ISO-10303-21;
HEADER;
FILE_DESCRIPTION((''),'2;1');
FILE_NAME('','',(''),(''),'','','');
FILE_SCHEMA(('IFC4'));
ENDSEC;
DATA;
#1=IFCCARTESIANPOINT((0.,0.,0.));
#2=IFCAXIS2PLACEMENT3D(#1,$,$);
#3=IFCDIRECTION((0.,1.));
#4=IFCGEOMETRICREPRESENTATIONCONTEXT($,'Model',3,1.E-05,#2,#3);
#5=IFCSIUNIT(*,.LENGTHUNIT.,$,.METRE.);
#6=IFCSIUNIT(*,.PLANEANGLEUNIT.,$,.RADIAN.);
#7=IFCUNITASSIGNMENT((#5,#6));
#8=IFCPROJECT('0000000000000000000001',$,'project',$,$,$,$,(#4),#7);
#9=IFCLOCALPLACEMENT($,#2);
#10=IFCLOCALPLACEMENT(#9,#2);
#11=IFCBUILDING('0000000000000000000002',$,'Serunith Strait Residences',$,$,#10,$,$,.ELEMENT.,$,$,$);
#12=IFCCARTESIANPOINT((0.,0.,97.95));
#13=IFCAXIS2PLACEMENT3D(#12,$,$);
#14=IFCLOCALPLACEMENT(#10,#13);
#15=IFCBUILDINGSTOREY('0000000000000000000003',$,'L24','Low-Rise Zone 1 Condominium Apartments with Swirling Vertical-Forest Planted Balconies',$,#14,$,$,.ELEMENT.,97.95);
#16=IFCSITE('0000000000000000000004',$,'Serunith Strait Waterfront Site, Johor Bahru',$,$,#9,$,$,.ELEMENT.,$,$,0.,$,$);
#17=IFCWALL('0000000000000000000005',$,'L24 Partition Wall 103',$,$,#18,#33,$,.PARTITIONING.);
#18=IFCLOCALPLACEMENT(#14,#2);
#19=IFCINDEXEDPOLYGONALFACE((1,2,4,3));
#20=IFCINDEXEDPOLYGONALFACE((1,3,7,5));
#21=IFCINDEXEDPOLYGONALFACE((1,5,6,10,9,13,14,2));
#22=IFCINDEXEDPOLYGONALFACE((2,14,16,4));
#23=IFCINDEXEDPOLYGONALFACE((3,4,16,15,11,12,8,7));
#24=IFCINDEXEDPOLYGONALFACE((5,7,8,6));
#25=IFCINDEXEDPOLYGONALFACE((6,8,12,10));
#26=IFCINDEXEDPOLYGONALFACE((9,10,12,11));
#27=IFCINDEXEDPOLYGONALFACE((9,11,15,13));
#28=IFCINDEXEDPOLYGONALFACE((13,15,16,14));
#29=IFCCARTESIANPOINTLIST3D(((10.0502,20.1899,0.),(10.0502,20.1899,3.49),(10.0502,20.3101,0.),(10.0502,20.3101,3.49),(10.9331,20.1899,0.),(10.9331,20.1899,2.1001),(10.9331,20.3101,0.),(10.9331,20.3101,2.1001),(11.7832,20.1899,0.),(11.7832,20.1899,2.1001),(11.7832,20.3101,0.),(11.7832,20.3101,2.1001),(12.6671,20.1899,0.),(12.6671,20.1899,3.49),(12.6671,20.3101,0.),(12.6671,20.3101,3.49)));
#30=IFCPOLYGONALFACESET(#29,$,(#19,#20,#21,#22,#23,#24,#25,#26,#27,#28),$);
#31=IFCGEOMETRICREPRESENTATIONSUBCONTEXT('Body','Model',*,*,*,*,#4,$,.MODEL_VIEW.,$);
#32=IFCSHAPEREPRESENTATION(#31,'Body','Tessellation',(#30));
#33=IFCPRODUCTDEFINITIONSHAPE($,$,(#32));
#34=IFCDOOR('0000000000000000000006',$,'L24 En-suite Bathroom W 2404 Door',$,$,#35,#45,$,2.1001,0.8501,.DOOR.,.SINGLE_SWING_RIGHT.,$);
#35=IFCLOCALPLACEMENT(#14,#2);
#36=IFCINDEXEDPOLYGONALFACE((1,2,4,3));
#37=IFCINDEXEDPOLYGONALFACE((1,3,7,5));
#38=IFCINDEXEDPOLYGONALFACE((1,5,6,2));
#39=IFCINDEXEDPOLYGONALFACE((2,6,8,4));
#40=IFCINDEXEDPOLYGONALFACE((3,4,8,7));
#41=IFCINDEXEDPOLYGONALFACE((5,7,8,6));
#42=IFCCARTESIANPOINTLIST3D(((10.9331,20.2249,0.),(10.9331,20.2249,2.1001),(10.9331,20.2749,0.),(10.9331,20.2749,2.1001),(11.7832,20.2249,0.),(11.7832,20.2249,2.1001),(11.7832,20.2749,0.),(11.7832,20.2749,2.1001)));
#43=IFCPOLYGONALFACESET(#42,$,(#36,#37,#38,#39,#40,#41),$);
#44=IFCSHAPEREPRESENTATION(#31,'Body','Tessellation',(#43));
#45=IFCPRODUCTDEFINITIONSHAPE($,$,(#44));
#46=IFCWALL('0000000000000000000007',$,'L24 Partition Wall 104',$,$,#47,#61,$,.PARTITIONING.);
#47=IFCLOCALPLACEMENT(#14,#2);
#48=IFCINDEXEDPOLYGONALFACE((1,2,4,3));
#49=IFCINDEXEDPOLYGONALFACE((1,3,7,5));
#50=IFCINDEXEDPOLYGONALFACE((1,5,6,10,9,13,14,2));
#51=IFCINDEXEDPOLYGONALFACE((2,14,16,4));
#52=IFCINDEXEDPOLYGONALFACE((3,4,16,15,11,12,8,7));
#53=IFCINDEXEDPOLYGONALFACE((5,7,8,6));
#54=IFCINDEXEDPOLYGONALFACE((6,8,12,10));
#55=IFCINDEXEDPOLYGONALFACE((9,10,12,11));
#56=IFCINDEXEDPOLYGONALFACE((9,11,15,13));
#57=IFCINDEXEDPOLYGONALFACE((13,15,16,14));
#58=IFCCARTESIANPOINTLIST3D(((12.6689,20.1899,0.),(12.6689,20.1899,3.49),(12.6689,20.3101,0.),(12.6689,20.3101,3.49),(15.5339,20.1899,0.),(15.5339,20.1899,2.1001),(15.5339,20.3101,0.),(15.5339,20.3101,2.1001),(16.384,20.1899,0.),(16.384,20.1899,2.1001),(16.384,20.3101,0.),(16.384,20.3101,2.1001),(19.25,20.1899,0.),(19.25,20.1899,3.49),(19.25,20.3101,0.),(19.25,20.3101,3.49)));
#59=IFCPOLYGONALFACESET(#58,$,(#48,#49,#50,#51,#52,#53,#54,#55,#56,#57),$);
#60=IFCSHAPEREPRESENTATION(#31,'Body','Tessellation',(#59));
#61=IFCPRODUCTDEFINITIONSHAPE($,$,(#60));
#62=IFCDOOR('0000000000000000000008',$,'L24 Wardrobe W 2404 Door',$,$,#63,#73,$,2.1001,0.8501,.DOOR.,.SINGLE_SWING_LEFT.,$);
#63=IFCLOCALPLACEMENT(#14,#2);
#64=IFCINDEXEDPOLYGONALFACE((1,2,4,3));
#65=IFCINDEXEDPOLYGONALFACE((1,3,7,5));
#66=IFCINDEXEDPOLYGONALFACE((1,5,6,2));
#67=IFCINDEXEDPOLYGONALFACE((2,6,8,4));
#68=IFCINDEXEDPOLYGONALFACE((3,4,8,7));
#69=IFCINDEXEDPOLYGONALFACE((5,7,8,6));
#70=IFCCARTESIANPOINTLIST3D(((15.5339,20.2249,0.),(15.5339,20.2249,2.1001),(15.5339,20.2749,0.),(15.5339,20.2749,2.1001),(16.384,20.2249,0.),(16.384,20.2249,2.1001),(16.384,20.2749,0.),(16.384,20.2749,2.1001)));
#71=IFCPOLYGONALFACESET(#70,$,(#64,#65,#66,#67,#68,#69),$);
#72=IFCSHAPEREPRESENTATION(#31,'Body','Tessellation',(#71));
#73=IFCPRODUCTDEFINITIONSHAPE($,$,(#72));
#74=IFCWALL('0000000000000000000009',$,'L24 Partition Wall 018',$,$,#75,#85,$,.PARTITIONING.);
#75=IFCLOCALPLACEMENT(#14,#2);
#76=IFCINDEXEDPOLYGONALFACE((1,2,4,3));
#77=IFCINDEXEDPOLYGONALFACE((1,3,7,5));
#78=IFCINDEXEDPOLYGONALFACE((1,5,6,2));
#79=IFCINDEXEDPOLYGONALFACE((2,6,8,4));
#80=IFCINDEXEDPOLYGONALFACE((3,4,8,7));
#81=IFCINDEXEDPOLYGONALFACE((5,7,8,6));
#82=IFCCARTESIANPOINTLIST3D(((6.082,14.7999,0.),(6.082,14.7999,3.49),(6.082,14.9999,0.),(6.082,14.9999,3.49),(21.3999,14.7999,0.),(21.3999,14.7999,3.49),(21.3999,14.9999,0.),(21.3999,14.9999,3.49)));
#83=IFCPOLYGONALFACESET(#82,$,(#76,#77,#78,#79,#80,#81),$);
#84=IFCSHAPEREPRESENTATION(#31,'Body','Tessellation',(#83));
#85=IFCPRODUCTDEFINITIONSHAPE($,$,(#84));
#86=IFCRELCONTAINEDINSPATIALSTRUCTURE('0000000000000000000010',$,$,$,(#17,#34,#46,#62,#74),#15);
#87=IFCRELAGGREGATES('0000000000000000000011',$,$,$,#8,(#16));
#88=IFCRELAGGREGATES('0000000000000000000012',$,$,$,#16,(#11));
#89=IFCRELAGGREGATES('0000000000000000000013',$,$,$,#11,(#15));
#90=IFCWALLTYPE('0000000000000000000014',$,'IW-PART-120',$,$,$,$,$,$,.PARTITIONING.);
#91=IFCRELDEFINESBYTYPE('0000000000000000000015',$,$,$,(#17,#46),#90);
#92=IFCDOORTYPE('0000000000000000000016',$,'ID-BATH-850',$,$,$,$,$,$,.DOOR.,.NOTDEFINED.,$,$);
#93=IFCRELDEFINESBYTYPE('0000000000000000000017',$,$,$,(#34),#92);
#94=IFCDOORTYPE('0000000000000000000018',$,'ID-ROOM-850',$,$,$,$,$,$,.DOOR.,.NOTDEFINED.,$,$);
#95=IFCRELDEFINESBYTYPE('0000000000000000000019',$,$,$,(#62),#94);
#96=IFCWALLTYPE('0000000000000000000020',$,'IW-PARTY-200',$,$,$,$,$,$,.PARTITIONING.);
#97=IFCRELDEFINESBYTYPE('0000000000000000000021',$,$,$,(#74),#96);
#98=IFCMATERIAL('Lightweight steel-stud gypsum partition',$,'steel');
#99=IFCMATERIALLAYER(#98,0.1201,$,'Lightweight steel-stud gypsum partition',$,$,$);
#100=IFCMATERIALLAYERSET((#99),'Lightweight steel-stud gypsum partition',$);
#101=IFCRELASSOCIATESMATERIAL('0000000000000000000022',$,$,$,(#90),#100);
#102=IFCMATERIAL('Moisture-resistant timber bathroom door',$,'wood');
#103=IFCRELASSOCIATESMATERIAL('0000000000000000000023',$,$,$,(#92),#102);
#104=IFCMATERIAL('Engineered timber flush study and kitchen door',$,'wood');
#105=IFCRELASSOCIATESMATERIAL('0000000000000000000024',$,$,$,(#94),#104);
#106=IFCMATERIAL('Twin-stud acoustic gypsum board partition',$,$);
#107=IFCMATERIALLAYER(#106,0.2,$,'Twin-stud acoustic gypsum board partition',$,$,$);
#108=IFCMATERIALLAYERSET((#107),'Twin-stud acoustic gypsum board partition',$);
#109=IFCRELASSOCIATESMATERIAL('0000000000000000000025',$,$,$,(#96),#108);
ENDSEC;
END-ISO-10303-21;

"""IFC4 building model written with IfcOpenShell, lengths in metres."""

from ifc_helpers import new_model, si_unit, direction, frame, frame_2d, origin, place, context, subcontext, project, spatial, rectangle, extrude, source, transform, mapped, material, layer, layer_set, type_object, element, fill, save


model = new_model("IFC4")

# Units and contexts
model_context = context("Model", 3, precision=1e-05, world=origin(), true_north=direction((0.0, 1.0)))
body_context = subcontext(model_context, "Body", "Model", "MODEL_VIEW")
ifc_project = project(units=[si_unit("LENGTHUNIT", "METRE"), si_unit("PLANEANGLEUNIT", "RADIAN")], contexts=[model_context])

# Site, building, storey
site_placement = place(None, origin())
site = spatial("IfcSite", under=ifc_project, at=site_placement, Name="Serunith Strait Waterfront Site, Johor Bahru", CompositionType="ELEMENT", RefElevation=0.0)
building_placement = place(site_placement, origin())
building = spatial("IfcBuilding", under=site, at=building_placement, Name="Serunith Strait Residences", CompositionType="ELEMENT")
storey_placement = place(building_placement, frame((0.0, 0.0, 97.95)))
storey = spatial("IfcBuildingStorey", under=building, at=storey_placement, Name="L24", Description="Low-Rise Zone 1 Condominium Apartments with Swirling Vertical-Forest Planted Balconies", CompositionType="ELEMENT", Elevation=97.95)

# Shared definitions
ifc_material_1 = material(Name="Lightweight steel-stud gypsum partition", Category="steel")
ifc_layer_1 = layer(ifc_material_1, 0.1201, Name="Lightweight steel-stud gypsum partition")
ifc_layer_set_1 = layer_set([ifc_layer_1], Name="Lightweight steel-stud gypsum partition")
wall_type_1 = type_object("IfcWallType", Name="IW-PART-120", PredefinedType="PARTITIONING", material=ifc_layer_set_1)

# Walls, openings, doors
wall_1_placement = place(storey_placement, frame((10.05, 20.25, 0.0), z_axis=(0.0, 0.0, 1.0), x_axis=(1.0, 0.0, 0.0)))
wall_1 = element("IfcWall", 1, at=wall_1_placement, inside=storey, type_object=wall_type_1, Name="L24 Partition Wall 103", PredefinedType="PARTITIONING", context=body_context, shape_type="SweptSolid", body=[
    extrude(rectangle(XDim=2.6169, YDim=0.1201, at=frame_2d((1.3086, 0.0))), origin(), (0.0, 0.0, 1.0), 3.49),
])
opening_1_placement = place(wall_1_placement, frame((0.8831, 0.0, 0.0)))
opening_1 = element("IfcOpeningElement", 2, at=opening_1_placement, cuts=wall_1, PredefinedType="OPENING", context=body_context, shape_type="SweptSolid", body=[
    extrude(rectangle(XDim=0.8501, YDim=2.1001, at=frame_2d((0.425, 1.05))), frame((0.0, 0.0701, 0.0), z_axis=(0.0, -1.0, 0.0), x_axis=(1.0, 0.0, 0.0)), (0.0, 0.0, 1.0), 0.1401),
])
ifc_material_2 = material(Name="Moisture-resistant timber bathroom door", Category="wood")
door_type_1 = type_object("IfcDoorType", Name="ID-BATH-850", OperationType="NOTDEFINED", PredefinedType="DOOR", material=ifc_material_2)
shared_shape_1 = source(origin(), body_context, "Body", "SweptSolid", [
    extrude(rectangle(XDim=0.8501, YDim=2.1001, at=frame_2d((0.425, 1.05))), frame((0.0, 0.0249, 0.0), z_axis=(0.0, -1.0, 0.0), x_axis=(1.0, 0.0, 0.0)), (0.0, 0.0, 1.0), 0.05),
])
door_1_placement = place(opening_1_placement, origin())
door_1 = element("IfcDoor", 3, at=door_1_placement, inside=storey, type_object=door_type_1, Name="L24 En-suite Bathroom W 2404 Door", OperationType="SINGLE_SWING_RIGHT", OverallHeight=2.1001, OverallWidth=0.8501, PredefinedType="DOOR", context=body_context, shape_type="MappedRepresentation", body=[
    mapped(shared_shape_1, transform((0.0, 0.0, 0.0), scale=1.0)),
])
fill(opening_1, door_1)
wall_2_placement = place(storey_placement, frame((12.6689, 20.25, 0.0), z_axis=(0.0, 0.0, 1.0), x_axis=(1.0, 0.0, 0.0)))
wall_2 = element("IfcWall", 4, at=wall_2_placement, inside=storey, type_object=wall_type_1, Name="L24 Partition Wall 104", PredefinedType="PARTITIONING", context=body_context, shape_type="SweptSolid", body=[
    extrude(rectangle(XDim=6.5811, YDim=0.1201, at=frame_2d((3.2905, 0.0))), origin(), (0.0, 0.0, 1.0), 3.49),
])
opening_2_placement = place(wall_2_placement, frame((2.865, 0.0, 0.0)))
opening_2 = element("IfcOpeningElement", 5, at=opening_2_placement, cuts=wall_2, PredefinedType="OPENING", context=body_context, shape_type="SweptSolid", body=[
    extrude(rectangle(XDim=0.8501, YDim=2.1001, at=frame_2d((0.425, 1.05))), frame((0.0, 0.0701, 0.0), z_axis=(0.0, -1.0, 0.0), x_axis=(1.0, 0.0, 0.0)), (0.0, 0.0, 1.0), 0.1401),
])
ifc_material_3 = material(Name="Engineered timber flush study and kitchen door", Category="wood")
door_type_2 = type_object("IfcDoorType", Name="ID-ROOM-850", OperationType="NOTDEFINED", PredefinedType="DOOR", material=ifc_material_3)
door_2_placement = place(opening_2_placement, origin())
door_2 = element("IfcDoor", 6, at=door_2_placement, inside=storey, type_object=door_type_2, Name="L24 Wardrobe W 2404 Door", OperationType="SINGLE_SWING_LEFT", OverallHeight=2.1001, OverallWidth=0.8501, PredefinedType="DOOR", context=body_context, shape_type="MappedRepresentation", body=[
    mapped(shared_shape_1, transform((0.0, 0.0, 0.0), scale=1.0)),
])
fill(opening_2, door_2)

# Wall
ifc_material_4 = material(Name="Twin-stud acoustic gypsum board partition")
ifc_layer_2 = layer(ifc_material_4, 0.2, Name="Twin-stud acoustic gypsum board partition")
ifc_layer_set_2 = layer_set([ifc_layer_2], Name="Twin-stud acoustic gypsum board partition")
wall_type_2 = type_object("IfcWallType", Name="IW-PARTY-200", PredefinedType="PARTITIONING", material=ifc_layer_set_2)
wall_3_placement = place(storey_placement, frame((6.082, 14.8999, 0.0), z_axis=(0.0, 0.0, 1.0), x_axis=(1.0, 0.0, 0.0)))
element("IfcWall", 7, at=wall_3_placement, inside=storey, type_object=wall_type_2, Name="L24 Partition Wall 018", PredefinedType="PARTITIONING", context=body_context, shape_type="SweptSolid", body=[
    extrude(rectangle(XDim=15.3179, YDim=0.2, at=frame_2d((7.6589, 0.0))), origin(), (0.0, 0.0, 1.0), 3.49),
])

save(model, "model.ifc")
